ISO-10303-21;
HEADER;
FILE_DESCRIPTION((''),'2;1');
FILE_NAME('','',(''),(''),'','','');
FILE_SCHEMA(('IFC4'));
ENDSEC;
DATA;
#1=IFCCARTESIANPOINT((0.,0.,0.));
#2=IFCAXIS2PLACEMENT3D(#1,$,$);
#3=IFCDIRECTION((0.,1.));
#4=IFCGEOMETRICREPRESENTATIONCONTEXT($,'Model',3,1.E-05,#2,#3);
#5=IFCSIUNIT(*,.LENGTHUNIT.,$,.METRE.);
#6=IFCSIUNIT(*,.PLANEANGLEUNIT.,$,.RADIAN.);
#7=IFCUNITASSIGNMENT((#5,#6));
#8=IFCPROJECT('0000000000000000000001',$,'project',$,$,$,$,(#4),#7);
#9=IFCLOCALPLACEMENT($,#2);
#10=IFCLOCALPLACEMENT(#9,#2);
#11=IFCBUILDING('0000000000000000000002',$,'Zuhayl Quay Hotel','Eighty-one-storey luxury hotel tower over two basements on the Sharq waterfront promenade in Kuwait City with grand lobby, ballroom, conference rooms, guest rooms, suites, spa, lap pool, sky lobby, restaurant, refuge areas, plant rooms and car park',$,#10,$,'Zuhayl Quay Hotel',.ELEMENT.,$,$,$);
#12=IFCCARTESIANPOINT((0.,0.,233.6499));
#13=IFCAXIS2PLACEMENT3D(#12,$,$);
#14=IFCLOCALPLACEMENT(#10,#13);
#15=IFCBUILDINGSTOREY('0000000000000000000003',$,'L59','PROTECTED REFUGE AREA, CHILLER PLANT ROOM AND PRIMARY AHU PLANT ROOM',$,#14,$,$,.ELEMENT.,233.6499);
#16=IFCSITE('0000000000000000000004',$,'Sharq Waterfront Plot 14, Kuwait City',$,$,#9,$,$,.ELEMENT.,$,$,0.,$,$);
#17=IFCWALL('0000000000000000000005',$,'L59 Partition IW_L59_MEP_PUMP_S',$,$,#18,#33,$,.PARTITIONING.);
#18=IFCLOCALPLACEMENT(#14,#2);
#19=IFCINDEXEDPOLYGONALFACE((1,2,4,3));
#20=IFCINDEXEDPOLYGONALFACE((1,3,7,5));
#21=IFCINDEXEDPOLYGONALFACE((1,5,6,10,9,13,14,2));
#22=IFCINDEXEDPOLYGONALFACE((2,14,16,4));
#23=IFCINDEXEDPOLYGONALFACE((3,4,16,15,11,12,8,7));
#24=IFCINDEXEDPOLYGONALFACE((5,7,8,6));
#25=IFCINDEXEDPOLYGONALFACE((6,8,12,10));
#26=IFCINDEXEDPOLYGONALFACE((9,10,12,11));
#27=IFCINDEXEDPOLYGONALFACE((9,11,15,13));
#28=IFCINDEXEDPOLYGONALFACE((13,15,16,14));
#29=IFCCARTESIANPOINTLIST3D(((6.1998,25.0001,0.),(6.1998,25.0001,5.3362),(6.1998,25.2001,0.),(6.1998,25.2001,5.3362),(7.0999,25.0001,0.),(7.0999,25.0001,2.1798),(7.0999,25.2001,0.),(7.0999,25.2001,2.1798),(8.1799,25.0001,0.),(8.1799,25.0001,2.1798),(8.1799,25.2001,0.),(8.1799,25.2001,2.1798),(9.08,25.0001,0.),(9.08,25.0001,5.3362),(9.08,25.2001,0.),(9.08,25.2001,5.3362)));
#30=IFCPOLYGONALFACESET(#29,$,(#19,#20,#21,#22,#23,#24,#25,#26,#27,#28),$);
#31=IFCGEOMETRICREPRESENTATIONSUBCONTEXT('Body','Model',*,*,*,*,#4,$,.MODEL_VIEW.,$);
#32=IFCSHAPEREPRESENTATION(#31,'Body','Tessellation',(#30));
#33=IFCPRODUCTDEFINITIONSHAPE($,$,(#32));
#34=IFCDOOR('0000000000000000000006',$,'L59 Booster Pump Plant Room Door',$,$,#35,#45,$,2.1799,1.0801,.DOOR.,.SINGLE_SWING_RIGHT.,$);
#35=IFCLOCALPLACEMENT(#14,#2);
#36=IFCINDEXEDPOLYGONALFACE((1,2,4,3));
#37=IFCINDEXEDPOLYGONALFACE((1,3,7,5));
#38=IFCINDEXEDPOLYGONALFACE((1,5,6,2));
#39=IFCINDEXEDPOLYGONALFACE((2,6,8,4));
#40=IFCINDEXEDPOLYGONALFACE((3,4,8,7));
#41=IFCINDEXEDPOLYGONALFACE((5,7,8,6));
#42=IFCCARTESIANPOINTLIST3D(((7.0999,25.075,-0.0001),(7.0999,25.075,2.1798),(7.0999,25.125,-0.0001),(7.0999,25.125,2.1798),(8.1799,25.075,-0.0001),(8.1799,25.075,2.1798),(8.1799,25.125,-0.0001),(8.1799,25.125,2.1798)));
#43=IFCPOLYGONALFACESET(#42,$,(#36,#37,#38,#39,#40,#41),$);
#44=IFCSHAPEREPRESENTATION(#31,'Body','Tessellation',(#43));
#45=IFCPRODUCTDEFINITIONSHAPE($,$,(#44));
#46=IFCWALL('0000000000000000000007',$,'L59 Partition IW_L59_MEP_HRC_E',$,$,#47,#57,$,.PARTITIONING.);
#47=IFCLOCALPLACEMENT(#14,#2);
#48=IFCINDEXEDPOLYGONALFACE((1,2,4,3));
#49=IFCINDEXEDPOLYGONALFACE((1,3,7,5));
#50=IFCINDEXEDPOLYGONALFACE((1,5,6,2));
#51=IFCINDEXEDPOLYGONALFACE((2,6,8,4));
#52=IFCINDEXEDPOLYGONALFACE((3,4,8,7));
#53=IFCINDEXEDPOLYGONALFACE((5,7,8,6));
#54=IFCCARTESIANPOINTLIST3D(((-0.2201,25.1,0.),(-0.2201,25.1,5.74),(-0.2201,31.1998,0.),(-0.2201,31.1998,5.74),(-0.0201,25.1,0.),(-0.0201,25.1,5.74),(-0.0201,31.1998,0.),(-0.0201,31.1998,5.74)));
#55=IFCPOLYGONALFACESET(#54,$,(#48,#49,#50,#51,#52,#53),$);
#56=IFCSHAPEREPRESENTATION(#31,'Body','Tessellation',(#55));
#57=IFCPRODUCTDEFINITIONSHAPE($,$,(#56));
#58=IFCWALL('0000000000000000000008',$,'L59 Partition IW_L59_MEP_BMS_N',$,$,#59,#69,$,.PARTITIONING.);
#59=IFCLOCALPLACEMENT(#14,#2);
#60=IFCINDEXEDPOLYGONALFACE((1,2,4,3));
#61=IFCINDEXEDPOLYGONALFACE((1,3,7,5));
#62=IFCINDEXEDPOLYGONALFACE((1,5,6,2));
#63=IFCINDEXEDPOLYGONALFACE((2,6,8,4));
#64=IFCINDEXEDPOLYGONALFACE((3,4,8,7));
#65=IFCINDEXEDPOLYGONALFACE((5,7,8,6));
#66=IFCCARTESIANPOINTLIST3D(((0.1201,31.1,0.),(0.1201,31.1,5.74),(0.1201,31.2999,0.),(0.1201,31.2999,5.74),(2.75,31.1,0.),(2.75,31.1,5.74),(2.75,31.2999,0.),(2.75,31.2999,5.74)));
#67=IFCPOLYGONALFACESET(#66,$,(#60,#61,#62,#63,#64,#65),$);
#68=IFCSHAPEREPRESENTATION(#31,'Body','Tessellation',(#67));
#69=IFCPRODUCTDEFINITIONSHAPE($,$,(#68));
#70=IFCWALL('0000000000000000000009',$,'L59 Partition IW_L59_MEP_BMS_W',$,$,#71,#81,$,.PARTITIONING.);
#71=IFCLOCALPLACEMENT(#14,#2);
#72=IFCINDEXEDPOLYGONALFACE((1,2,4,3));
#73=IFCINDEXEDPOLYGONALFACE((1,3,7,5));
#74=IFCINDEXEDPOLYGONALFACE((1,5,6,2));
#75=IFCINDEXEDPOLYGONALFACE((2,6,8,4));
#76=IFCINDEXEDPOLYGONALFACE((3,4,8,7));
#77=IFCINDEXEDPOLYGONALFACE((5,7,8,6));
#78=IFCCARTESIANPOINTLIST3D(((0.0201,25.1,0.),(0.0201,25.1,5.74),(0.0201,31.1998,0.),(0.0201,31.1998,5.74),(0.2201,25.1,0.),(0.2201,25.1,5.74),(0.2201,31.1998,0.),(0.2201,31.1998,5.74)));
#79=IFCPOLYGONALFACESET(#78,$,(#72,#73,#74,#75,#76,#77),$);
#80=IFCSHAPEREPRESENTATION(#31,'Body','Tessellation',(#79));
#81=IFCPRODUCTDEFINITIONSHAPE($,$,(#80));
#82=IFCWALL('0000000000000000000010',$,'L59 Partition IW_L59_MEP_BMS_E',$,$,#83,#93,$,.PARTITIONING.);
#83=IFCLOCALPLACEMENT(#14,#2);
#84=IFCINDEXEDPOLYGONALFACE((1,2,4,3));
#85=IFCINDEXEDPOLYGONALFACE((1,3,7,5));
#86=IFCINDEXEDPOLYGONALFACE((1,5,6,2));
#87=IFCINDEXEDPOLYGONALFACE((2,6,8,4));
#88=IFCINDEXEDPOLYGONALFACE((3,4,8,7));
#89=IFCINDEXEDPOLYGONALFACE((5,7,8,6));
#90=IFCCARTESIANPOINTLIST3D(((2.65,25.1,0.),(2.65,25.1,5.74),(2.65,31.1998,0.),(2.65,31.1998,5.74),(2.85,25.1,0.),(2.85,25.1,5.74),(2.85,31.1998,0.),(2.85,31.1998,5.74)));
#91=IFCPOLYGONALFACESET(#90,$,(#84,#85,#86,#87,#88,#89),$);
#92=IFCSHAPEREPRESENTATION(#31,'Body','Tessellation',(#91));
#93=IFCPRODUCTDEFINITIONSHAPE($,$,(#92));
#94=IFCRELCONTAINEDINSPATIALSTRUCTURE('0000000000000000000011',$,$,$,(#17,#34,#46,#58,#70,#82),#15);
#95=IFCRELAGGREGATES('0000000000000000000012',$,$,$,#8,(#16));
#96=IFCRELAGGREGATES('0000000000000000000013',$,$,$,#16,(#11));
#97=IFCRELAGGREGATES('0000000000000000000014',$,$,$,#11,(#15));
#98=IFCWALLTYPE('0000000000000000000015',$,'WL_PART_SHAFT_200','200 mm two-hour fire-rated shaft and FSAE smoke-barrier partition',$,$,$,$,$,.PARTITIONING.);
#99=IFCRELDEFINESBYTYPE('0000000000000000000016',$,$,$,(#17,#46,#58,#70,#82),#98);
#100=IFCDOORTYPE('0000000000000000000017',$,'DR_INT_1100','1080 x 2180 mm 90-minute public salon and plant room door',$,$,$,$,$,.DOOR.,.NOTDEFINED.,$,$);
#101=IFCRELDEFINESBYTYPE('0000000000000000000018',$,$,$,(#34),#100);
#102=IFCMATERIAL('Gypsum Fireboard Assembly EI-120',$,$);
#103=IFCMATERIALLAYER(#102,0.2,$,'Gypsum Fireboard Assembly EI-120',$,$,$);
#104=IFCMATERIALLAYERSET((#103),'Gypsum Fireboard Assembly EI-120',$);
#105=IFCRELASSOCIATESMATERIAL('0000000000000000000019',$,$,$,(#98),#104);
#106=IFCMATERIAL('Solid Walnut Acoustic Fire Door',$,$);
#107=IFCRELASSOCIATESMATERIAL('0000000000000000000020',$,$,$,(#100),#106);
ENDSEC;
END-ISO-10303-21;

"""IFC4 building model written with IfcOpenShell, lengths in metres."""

from ifc_helpers import new_model, si_unit, direction, frame, frame_2d, origin, place, context, subcontext, project, spatial, rectangle, extrude, material, layer, layer_set, type_object, element, fill, save


model = new_model("IFC4")

# Units and contexts
model_context = context("Model", 3, precision=1e-05, world=origin(), true_north=direction((0.0, 1.0)))
body_context = subcontext(model_context, "Body", "Model", "MODEL_VIEW")
ifc_project = project(units=[si_unit("LENGTHUNIT", "METRE"), si_unit("PLANEANGLEUNIT", "RADIAN")], contexts=[model_context])

# Site, building, storey
site_placement = place(None, origin())
site = spatial("IfcSite", under=ifc_project, at=site_placement, Name="Sharq Waterfront Plot 14, Kuwait City", CompositionType="ELEMENT", RefElevation=0.0)
building_placement = place(site_placement, origin())
building = spatial("IfcBuilding", under=site, at=building_placement, Name="Zuhayl Quay Hotel", Description="Eighty-one-storey luxury hotel tower over two basements on the Sharq waterfront promenade in Kuwait City with grand lobby, ballroom, conference rooms, guest rooms, suites, spa, lap pool, sky lobby, restaurant, refuge areas, plant rooms and car park", LongName="Zuhayl Quay Hotel", CompositionType="ELEMENT")
storey_placement = place(building_placement, frame((0.0, 0.0, 233.6499)))
storey = spatial("IfcBuildingStorey", under=building, at=storey_placement, Name="L59", Description="PROTECTED REFUGE AREA, CHILLER PLANT ROOM AND PRIMARY AHU PLANT ROOM", CompositionType="ELEMENT", Elevation=233.6499)

# Wall, opening, door
ifc_material_1 = material(Name="Gypsum Fireboard Assembly EI-120")
ifc_layer_1 = layer(ifc_material_1, 0.2, Name="Gypsum Fireboard Assembly EI-120")
ifc_layer_set_1 = layer_set([ifc_layer_1], Name="Gypsum Fireboard Assembly EI-120")
wall_type = type_object("IfcWallType", Name="WL_PART_SHAFT_200", Description="200 mm two-hour fire-rated shaft and FSAE smoke-barrier partition", PredefinedType="PARTITIONING", material=ifc_layer_set_1)
ifc_material_2 = material(Name="Solid Walnut Acoustic Fire Door")
door_type = type_object("IfcDoorType", Name="DR_INT_1100", Description="1080 x 2180 mm 90-minute public salon and plant room door", OperationType="NOTDEFINED", PredefinedType="DOOR", material=ifc_material_2)
wall_1_placement = place(storey_placement, frame((6.2, 25.1001, 0.0), z_axis=(0.0, 0.0, 1.0), x_axis=(1.0, 0.0, 0.0)))
wall_1 = element("IfcWall", 1, at=wall_1_placement, inside=storey, type_object=wall_type, Name="L59 Partition IW_L59_MEP_PUMP_S", PredefinedType="PARTITIONING", context=body_context, shape_type="SweptSolid", body=[
    extrude(rectangle(XDim=2.8801, YDim=0.2, at=frame_2d((1.4399, 0.0))), origin(), (0.0, 0.0, 1.0), 5.3362),
])
opening_1_placement = place(wall_1_placement, frame((0.8999, 0.0, 0.0)))
opening_1 = element("IfcOpeningElement", 2, at=opening_1_placement, cuts=wall_1, PredefinedType="OPENING", context=body_context, shape_type="SweptSolid", body=[
    extrude(rectangle(XDim=1.0801, YDim=2.1799, at=frame_2d((0.54, 1.0898))), frame((0.0, 0.1099, 0.0), z_axis=(0.0, -1.0, 0.0), x_axis=(1.0, 0.0, 0.0)), (0.0, 0.0, 1.0), 0.22),
])
door_1_placement = place(opening_1_placement, origin())
door_1 = element("IfcDoor", 3, at=door_1_placement, inside=storey, type_object=door_type, Name="L59 Booster Pump Plant Room Door", OperationType="SINGLE_SWING_RIGHT", OverallHeight=2.1799, OverallWidth=1.0801, PredefinedType="DOOR", context=body_context, shape_type="SweptSolid", body=[
    extrude(rectangle(XDim=1.0801, YDim=2.1799, at=frame_2d((0.54, 1.0898))), frame((0.0, 0.0249, 0.0), z_axis=(0.0, -1.0, 0.0), x_axis=(1.0, 0.0, 0.0)), (0.0, 0.0, 1.0), 0.05),
])
fill(opening_1, door_1)

# Walls
wall_2_placement = place(storey_placement, frame((-0.1201, 25.1001, 0.0), z_axis=(0.0, 0.0, 1.0), x_axis=(0.0, 1.0, 0.0)))
element("IfcWall", 4, at=wall_2_placement, inside=storey, type_object=wall_type, Name="L59 Partition IW_L59_MEP_HRC_E", PredefinedType="PARTITIONING", context=body_context, shape_type="SweptSolid", body=[
    extrude(rectangle(XDim=6.0999, YDim=0.2, at=frame_2d((3.0498, 0.0))), origin(), (0.0, 0.0, 1.0), 5.74),
])
wall_3_placement = place(storey_placement, frame((0.1201, 31.2, 0.0), z_axis=(0.0, 0.0, 1.0), x_axis=(1.0, 0.0, 0.0)))
element("IfcWall", 5, at=wall_3_placement, inside=storey, type_object=wall_type, Name="L59 Partition IW_L59_MEP_BMS_N", PredefinedType="PARTITIONING", context=body_context, shape_type="SweptSolid", body=[
    extrude(rectangle(XDim=2.6299, YDim=0.2, at=frame_2d((1.3149, 0.0))), origin(), (0.0, 0.0, 1.0), 5.74),
])
for number, where, z_axis, x_axis, name in (
    (6, (0.1201, 25.1001, 0.0), (0.0, 0.0, 1.0), (0.0, 1.0, 0.0), "L59 Partition IW_L59_MEP_BMS_W"),
    (7, (2.75, 25.1001, 0.0), (0.0, 0.0, 1.0), (0.0, 1.0, 0.0), "L59 Partition IW_L59_MEP_BMS_E"),
):
    element("IfcWall", number, at=place(storey_placement, frame(where, z_axis=z_axis, x_axis=x_axis)), inside=storey, type_object=wall_type, Name=name, PredefinedType="PARTITIONING", context=body_context, shape_type="SweptSolid", body=[
        extrude(rectangle(XDim=6.0999, YDim=0.2, at=frame_2d((3.0498, 0.0))), origin(), (0.0, 0.0, 1.0), 5.74),
    ])

save(model, "model.ifc")
